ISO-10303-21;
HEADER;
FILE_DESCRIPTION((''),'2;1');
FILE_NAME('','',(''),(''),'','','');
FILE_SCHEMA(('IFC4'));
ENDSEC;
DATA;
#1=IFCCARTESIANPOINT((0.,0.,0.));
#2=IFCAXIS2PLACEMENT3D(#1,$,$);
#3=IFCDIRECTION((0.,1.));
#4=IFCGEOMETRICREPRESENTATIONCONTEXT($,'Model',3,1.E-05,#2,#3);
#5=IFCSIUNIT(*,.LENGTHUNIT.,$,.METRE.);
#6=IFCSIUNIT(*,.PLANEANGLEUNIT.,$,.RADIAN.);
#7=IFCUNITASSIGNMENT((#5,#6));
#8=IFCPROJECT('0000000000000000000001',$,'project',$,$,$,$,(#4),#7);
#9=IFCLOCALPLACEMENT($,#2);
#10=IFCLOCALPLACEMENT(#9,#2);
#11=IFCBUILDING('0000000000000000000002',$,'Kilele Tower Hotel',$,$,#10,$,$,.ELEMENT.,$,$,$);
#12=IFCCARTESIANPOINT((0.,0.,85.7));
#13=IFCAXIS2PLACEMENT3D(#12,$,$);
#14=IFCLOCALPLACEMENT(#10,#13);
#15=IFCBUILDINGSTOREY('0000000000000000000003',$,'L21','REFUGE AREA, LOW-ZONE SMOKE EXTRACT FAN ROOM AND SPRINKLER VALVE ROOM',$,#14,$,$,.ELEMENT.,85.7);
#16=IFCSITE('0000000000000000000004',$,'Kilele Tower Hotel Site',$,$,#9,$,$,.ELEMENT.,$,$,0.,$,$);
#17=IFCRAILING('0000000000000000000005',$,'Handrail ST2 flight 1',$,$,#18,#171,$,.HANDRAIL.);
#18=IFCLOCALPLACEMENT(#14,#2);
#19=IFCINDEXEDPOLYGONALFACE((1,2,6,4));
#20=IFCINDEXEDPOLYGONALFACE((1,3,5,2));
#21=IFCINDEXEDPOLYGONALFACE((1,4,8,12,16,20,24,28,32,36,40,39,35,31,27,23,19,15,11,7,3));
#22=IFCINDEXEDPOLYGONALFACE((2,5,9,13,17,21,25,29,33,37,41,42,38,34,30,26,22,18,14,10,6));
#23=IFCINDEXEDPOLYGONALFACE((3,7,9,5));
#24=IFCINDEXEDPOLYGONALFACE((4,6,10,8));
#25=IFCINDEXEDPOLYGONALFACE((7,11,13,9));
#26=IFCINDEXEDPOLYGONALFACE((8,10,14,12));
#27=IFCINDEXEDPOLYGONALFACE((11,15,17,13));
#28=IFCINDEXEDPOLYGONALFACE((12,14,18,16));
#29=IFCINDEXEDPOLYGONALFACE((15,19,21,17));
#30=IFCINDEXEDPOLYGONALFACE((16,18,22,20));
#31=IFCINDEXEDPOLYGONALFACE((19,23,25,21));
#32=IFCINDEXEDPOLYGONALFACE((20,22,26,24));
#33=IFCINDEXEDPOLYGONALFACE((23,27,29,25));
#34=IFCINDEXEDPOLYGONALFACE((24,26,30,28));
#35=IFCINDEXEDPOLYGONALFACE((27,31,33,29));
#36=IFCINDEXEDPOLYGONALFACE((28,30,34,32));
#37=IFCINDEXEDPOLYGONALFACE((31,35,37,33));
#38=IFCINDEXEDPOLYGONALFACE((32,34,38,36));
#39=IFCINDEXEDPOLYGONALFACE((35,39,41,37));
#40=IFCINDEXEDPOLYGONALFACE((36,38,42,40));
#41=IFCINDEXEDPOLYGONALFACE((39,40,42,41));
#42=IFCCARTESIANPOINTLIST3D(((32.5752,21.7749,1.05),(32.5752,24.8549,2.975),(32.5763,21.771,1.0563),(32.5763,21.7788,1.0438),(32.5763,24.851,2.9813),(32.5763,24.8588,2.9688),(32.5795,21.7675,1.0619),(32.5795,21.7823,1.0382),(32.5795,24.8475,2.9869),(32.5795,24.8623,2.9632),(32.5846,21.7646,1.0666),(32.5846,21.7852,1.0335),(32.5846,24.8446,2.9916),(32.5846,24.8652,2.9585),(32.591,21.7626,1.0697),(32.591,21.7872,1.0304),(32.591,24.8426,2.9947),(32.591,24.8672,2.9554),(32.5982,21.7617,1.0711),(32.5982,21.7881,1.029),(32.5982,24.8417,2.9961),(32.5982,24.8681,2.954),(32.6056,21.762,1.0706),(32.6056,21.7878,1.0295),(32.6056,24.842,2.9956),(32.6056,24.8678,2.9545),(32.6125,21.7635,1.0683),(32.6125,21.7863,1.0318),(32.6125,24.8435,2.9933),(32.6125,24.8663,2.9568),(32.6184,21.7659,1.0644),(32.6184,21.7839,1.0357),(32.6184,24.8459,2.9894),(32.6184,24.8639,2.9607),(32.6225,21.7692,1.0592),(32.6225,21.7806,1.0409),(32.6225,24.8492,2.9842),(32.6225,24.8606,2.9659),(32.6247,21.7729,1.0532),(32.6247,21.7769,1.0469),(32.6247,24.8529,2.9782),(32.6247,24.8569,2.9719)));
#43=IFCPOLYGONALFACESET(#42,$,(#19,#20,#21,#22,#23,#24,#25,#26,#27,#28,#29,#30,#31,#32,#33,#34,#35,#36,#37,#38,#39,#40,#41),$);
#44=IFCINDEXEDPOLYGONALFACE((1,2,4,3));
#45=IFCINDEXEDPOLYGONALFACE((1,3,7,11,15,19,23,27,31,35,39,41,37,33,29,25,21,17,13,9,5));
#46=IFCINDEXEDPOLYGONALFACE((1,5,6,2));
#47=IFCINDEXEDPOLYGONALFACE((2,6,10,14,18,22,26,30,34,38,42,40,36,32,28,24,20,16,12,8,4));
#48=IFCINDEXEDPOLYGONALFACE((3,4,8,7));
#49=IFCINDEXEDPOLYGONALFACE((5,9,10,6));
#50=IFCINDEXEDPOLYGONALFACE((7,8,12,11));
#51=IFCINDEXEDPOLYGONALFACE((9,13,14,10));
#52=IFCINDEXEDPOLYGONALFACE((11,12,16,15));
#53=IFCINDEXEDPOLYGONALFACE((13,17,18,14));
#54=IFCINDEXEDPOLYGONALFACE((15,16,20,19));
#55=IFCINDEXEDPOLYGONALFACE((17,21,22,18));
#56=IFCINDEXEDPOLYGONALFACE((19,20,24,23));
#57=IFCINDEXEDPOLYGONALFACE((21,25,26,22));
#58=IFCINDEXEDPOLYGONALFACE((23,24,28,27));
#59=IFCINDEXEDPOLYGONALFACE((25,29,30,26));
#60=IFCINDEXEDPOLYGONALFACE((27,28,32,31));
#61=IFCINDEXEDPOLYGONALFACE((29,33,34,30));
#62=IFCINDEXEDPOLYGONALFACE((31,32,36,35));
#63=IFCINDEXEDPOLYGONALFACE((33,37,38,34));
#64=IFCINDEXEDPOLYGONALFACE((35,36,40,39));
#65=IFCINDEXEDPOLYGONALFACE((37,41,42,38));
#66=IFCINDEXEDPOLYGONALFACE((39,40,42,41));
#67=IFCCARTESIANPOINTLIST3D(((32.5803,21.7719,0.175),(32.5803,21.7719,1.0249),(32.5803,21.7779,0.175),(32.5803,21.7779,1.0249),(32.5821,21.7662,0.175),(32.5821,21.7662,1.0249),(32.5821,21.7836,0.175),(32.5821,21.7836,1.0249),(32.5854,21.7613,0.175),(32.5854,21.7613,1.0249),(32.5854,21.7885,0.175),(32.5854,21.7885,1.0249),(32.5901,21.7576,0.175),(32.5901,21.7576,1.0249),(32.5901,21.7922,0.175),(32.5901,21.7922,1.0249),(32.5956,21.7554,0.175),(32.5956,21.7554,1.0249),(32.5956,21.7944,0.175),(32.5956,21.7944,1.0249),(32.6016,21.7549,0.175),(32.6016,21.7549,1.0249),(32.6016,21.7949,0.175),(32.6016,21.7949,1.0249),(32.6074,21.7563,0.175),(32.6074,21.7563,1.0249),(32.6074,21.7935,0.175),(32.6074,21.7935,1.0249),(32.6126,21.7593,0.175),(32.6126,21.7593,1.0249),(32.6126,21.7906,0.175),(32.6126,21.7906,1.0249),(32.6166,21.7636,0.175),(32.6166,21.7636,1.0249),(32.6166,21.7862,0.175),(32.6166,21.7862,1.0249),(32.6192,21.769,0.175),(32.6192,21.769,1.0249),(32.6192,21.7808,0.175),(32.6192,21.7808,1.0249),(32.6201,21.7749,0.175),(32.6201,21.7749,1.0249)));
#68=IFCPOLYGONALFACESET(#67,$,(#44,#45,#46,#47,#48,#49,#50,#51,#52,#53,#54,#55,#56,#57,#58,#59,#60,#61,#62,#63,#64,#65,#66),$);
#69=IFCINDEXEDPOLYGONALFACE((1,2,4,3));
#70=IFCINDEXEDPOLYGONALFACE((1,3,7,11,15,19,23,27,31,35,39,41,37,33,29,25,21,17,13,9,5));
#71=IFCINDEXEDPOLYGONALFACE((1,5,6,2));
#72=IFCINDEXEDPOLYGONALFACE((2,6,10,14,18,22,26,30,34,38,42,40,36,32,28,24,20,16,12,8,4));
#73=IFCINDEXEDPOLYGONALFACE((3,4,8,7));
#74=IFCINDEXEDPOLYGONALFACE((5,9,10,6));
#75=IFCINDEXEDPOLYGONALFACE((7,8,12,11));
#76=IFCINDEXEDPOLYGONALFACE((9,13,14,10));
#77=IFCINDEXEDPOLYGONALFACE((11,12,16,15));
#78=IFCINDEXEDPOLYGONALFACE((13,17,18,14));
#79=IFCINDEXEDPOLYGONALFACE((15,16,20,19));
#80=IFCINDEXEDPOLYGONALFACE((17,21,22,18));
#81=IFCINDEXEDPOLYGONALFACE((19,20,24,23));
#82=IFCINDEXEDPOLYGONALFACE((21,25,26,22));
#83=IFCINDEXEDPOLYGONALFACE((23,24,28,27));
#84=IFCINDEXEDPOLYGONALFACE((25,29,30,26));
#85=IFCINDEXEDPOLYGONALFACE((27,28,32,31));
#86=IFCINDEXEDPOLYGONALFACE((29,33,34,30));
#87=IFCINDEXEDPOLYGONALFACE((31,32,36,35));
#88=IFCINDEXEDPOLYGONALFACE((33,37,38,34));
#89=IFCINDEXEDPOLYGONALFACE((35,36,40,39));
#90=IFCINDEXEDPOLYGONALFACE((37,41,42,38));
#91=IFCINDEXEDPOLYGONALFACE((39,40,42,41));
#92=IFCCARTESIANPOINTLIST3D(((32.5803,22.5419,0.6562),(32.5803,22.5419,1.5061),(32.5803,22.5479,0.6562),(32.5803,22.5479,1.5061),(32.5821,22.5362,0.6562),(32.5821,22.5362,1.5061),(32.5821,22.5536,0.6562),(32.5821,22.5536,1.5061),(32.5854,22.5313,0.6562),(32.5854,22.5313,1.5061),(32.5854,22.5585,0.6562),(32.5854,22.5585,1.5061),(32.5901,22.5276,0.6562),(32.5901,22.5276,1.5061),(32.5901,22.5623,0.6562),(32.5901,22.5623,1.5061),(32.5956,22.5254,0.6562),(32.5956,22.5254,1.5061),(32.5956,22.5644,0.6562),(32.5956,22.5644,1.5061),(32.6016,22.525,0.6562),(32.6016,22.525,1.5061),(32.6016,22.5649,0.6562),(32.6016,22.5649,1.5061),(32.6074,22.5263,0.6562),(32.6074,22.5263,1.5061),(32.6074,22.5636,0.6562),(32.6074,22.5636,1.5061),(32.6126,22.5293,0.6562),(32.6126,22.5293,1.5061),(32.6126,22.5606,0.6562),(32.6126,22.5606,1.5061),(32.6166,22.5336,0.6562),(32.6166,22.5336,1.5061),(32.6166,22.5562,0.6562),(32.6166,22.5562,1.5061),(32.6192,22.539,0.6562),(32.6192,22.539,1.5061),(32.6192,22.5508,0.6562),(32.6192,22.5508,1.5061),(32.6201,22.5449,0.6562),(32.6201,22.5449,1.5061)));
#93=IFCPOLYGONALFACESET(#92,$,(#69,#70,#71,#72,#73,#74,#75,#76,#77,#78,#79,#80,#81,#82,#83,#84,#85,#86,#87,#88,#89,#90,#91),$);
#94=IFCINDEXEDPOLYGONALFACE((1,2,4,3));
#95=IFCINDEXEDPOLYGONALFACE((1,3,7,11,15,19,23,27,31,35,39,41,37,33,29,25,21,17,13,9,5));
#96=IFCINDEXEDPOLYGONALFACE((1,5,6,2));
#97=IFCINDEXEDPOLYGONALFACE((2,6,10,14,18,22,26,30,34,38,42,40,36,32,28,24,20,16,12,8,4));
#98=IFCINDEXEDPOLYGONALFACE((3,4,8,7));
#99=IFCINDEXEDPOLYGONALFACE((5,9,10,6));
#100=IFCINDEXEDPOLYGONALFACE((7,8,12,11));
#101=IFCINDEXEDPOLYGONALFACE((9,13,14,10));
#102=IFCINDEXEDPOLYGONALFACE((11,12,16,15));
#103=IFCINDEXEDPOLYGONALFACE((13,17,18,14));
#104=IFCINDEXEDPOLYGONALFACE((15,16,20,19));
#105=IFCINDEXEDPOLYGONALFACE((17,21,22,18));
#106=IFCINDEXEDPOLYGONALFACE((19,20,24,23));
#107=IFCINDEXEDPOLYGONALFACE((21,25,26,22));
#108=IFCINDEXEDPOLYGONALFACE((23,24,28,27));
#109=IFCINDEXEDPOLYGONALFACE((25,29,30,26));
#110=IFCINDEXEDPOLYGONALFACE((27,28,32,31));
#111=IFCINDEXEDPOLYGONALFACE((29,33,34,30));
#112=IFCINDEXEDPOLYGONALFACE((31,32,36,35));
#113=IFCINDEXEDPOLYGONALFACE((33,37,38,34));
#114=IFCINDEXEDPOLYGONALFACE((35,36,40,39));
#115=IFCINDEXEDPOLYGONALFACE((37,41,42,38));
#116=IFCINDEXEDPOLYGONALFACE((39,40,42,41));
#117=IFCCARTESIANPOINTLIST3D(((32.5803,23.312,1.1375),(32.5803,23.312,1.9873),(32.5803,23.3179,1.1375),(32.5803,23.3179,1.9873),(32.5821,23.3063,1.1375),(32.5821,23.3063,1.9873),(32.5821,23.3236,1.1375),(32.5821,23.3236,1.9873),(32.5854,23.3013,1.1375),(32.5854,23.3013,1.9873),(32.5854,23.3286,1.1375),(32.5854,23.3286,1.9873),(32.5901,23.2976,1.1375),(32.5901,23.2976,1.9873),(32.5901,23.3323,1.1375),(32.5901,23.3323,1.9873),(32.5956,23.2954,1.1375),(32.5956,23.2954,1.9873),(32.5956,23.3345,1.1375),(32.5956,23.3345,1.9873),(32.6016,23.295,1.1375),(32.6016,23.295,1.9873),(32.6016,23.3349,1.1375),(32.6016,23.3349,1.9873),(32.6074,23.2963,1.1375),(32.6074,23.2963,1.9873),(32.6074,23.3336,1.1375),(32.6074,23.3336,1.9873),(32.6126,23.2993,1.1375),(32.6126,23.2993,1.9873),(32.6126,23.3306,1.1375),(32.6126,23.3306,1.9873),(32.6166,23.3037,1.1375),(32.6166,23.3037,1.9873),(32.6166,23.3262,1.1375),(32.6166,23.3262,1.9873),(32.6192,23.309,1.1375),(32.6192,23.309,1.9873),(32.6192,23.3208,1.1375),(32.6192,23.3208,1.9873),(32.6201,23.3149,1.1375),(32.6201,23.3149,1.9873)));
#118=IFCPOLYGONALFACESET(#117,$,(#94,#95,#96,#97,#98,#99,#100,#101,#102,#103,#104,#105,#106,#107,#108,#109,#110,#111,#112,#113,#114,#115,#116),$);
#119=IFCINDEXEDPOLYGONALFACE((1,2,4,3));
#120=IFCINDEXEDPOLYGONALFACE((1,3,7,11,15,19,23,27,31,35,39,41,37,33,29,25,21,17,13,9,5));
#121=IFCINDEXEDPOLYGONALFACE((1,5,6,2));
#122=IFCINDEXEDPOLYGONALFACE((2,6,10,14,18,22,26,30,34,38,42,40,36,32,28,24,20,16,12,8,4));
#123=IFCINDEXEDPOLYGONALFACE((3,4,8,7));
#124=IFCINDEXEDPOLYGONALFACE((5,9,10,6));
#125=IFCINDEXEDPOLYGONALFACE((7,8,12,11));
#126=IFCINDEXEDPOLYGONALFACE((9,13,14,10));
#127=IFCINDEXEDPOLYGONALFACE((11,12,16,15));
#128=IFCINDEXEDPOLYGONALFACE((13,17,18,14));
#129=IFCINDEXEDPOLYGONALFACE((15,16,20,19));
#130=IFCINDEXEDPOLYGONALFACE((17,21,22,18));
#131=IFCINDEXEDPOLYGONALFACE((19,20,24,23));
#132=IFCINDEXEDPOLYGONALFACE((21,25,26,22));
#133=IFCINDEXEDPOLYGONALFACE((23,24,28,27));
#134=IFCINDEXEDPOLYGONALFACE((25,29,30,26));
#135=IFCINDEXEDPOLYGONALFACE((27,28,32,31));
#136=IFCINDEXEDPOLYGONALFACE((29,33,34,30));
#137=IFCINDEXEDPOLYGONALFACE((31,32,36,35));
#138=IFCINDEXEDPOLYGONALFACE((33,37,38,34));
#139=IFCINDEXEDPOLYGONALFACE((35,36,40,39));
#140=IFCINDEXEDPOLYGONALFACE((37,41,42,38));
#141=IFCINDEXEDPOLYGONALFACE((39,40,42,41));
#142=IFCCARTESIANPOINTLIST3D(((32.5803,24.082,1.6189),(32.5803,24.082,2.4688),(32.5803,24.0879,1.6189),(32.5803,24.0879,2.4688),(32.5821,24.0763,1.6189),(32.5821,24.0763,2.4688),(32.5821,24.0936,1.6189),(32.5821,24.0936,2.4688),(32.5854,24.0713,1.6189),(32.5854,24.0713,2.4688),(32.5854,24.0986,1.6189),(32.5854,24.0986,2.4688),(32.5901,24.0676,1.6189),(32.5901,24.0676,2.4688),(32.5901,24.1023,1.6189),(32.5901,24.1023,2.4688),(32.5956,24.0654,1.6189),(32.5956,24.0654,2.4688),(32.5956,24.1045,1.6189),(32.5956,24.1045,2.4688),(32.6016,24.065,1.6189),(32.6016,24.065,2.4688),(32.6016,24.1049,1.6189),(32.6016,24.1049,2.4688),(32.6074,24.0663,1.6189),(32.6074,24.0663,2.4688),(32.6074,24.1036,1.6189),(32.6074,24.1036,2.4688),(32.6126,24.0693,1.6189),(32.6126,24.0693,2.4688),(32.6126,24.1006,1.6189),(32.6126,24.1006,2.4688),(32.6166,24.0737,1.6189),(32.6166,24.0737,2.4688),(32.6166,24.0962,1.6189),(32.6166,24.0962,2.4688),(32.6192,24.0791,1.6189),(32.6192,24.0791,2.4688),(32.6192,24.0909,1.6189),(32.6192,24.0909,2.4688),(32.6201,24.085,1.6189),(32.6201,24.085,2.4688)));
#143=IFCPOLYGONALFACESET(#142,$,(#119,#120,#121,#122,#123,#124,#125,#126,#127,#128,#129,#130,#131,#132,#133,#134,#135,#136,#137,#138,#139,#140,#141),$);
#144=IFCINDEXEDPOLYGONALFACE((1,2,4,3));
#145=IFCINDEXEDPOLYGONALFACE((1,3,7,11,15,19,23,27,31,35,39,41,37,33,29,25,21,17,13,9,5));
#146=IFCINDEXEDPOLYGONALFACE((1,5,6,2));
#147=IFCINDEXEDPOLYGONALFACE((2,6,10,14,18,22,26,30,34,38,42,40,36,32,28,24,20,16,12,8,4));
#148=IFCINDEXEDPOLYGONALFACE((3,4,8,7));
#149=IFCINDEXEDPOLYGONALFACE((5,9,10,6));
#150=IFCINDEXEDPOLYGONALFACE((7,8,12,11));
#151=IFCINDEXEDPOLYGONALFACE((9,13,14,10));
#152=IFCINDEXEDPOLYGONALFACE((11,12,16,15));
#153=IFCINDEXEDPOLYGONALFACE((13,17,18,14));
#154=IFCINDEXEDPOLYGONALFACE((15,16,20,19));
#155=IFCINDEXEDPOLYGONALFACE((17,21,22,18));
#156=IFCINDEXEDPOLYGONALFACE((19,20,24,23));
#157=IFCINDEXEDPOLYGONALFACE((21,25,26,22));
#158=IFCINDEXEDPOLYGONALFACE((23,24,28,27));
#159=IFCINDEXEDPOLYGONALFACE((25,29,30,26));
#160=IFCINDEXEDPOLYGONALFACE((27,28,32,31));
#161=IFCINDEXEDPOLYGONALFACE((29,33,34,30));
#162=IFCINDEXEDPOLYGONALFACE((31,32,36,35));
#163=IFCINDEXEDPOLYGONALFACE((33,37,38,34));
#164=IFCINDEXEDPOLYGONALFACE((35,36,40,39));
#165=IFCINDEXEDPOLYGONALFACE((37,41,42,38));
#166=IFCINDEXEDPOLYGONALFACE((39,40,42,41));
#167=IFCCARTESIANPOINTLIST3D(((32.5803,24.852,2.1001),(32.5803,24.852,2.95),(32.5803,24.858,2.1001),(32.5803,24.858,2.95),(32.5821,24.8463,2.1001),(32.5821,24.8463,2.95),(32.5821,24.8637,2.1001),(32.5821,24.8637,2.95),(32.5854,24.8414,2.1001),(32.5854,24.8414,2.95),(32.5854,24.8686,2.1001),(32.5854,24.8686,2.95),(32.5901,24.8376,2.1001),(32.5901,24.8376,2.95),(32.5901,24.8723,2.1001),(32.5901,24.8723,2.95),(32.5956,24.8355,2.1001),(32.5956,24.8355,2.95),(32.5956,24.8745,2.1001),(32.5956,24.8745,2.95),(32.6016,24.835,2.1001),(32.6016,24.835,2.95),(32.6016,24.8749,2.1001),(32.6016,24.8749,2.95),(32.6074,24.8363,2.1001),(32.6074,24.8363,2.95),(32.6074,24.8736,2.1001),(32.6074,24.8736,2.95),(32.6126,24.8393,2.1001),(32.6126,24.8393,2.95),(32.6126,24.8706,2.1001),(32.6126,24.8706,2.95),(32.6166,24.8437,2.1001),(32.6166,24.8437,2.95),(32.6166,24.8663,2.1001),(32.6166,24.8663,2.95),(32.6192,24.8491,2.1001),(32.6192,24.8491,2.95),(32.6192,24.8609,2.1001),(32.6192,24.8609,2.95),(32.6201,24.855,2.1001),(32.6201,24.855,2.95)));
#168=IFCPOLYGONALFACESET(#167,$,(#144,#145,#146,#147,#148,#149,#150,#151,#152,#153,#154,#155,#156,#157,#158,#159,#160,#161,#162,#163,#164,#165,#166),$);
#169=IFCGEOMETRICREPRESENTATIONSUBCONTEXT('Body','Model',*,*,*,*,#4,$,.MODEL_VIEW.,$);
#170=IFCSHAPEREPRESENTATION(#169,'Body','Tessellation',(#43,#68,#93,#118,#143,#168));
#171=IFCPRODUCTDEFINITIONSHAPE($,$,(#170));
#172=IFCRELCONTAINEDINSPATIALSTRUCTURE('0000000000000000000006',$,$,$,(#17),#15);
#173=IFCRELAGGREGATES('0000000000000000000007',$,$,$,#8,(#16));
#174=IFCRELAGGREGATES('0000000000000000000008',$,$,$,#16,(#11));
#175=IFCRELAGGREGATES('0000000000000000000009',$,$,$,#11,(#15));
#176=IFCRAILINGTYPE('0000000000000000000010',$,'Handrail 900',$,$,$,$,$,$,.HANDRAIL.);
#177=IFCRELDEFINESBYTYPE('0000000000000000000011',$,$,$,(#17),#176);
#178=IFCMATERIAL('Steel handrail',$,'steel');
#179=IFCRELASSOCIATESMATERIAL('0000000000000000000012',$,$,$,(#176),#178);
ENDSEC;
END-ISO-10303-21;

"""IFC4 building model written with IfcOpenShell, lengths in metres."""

from ifc_helpers import new_model, si_unit, direction, frame, origin, origin_2d, place, context, subcontext, project, spatial, circle, extrude, material, type_object, element, save


model = new_model("IFC4")

# Units and contexts
model_context = context("Model", 3, precision=1e-05, world=origin(), true_north=direction((0.0, 1.0)))
body_context = subcontext(model_context, "Body", "Model", "MODEL_VIEW")
ifc_project = project(units=[si_unit("LENGTHUNIT", "METRE"), si_unit("PLANEANGLEUNIT", "RADIAN")], contexts=[model_context])

# Site, building, storey
site_placement = place(None, origin())
site = spatial("IfcSite", under=ifc_project, at=site_placement, Name="Kilele Tower Hotel Site", CompositionType="ELEMENT", RefElevation=0.0)
building_placement = place(site_placement, origin())
building = spatial("IfcBuilding", under=site, at=building_placement, Name="Kilele Tower Hotel", CompositionType="ELEMENT")
storey_placement = place(building_placement, frame((0.0, 0.0, 85.7)))
storey = spatial("IfcBuildingStorey", under=building, at=storey_placement, Name="L21", Description="REFUGE AREA, LOW-ZONE SMOKE EXTRACT FAN ROOM AND SPRINKLER VALVE ROOM", CompositionType="ELEMENT", Elevation=85.7)

# Railing
ifc_material_1 = material(Name="Steel handrail", Category="steel")
railing_type_1 = type_object("IfcRailingType", Name="Handrail 900", PredefinedType="HANDRAIL", material=ifc_material_1)
for number, where, name in (
    (1, (32.6001, 21.7749, 0.175), "Handrail ST2 flight 1"),
):
    element("IfcRailing", number, at=place(storey_placement, frame(where)), inside=storey, type_object=railing_type_1, Name=name, PredefinedType="HANDRAIL", context=body_context, shape_type="SweptSolid", body=[
        extrude(circle(Radius=0.0249, at=origin_2d()), frame((0.0, 0.0, 0.875), z_axis=(0.0, 0.847998, 0.529999), x_axis=(-1.0, 0.0, 0.0)), (0.0, 0.0, 1.0), 3.6321),
        extrude(circle(Radius=0.02, at=origin_2d()), origin(), (0.0, 0.0, 1.0), 0.8499),
        extrude(circle(Radius=0.02, at=origin_2d()), frame((0.0, 0.77, 0.4812)), (0.0, 0.0, 1.0), 0.8499),
        extrude(circle(Radius=0.02, at=origin_2d()), frame((0.0, 1.54, 0.9624)), (0.0, 0.0, 1.0), 0.8499),
        extrude(circle(Radius=0.02, at=origin_2d()), frame((0.0, 2.3101, 1.4438)), (0.0, 0.0, 1.0), 0.8499),
        extrude(circle(Radius=0.02, at=origin_2d()), frame((0.0, 3.0801, 1.925)), (0.0, 0.0, 1.0), 0.8499),
    ])

save(model, "model.ifc")
